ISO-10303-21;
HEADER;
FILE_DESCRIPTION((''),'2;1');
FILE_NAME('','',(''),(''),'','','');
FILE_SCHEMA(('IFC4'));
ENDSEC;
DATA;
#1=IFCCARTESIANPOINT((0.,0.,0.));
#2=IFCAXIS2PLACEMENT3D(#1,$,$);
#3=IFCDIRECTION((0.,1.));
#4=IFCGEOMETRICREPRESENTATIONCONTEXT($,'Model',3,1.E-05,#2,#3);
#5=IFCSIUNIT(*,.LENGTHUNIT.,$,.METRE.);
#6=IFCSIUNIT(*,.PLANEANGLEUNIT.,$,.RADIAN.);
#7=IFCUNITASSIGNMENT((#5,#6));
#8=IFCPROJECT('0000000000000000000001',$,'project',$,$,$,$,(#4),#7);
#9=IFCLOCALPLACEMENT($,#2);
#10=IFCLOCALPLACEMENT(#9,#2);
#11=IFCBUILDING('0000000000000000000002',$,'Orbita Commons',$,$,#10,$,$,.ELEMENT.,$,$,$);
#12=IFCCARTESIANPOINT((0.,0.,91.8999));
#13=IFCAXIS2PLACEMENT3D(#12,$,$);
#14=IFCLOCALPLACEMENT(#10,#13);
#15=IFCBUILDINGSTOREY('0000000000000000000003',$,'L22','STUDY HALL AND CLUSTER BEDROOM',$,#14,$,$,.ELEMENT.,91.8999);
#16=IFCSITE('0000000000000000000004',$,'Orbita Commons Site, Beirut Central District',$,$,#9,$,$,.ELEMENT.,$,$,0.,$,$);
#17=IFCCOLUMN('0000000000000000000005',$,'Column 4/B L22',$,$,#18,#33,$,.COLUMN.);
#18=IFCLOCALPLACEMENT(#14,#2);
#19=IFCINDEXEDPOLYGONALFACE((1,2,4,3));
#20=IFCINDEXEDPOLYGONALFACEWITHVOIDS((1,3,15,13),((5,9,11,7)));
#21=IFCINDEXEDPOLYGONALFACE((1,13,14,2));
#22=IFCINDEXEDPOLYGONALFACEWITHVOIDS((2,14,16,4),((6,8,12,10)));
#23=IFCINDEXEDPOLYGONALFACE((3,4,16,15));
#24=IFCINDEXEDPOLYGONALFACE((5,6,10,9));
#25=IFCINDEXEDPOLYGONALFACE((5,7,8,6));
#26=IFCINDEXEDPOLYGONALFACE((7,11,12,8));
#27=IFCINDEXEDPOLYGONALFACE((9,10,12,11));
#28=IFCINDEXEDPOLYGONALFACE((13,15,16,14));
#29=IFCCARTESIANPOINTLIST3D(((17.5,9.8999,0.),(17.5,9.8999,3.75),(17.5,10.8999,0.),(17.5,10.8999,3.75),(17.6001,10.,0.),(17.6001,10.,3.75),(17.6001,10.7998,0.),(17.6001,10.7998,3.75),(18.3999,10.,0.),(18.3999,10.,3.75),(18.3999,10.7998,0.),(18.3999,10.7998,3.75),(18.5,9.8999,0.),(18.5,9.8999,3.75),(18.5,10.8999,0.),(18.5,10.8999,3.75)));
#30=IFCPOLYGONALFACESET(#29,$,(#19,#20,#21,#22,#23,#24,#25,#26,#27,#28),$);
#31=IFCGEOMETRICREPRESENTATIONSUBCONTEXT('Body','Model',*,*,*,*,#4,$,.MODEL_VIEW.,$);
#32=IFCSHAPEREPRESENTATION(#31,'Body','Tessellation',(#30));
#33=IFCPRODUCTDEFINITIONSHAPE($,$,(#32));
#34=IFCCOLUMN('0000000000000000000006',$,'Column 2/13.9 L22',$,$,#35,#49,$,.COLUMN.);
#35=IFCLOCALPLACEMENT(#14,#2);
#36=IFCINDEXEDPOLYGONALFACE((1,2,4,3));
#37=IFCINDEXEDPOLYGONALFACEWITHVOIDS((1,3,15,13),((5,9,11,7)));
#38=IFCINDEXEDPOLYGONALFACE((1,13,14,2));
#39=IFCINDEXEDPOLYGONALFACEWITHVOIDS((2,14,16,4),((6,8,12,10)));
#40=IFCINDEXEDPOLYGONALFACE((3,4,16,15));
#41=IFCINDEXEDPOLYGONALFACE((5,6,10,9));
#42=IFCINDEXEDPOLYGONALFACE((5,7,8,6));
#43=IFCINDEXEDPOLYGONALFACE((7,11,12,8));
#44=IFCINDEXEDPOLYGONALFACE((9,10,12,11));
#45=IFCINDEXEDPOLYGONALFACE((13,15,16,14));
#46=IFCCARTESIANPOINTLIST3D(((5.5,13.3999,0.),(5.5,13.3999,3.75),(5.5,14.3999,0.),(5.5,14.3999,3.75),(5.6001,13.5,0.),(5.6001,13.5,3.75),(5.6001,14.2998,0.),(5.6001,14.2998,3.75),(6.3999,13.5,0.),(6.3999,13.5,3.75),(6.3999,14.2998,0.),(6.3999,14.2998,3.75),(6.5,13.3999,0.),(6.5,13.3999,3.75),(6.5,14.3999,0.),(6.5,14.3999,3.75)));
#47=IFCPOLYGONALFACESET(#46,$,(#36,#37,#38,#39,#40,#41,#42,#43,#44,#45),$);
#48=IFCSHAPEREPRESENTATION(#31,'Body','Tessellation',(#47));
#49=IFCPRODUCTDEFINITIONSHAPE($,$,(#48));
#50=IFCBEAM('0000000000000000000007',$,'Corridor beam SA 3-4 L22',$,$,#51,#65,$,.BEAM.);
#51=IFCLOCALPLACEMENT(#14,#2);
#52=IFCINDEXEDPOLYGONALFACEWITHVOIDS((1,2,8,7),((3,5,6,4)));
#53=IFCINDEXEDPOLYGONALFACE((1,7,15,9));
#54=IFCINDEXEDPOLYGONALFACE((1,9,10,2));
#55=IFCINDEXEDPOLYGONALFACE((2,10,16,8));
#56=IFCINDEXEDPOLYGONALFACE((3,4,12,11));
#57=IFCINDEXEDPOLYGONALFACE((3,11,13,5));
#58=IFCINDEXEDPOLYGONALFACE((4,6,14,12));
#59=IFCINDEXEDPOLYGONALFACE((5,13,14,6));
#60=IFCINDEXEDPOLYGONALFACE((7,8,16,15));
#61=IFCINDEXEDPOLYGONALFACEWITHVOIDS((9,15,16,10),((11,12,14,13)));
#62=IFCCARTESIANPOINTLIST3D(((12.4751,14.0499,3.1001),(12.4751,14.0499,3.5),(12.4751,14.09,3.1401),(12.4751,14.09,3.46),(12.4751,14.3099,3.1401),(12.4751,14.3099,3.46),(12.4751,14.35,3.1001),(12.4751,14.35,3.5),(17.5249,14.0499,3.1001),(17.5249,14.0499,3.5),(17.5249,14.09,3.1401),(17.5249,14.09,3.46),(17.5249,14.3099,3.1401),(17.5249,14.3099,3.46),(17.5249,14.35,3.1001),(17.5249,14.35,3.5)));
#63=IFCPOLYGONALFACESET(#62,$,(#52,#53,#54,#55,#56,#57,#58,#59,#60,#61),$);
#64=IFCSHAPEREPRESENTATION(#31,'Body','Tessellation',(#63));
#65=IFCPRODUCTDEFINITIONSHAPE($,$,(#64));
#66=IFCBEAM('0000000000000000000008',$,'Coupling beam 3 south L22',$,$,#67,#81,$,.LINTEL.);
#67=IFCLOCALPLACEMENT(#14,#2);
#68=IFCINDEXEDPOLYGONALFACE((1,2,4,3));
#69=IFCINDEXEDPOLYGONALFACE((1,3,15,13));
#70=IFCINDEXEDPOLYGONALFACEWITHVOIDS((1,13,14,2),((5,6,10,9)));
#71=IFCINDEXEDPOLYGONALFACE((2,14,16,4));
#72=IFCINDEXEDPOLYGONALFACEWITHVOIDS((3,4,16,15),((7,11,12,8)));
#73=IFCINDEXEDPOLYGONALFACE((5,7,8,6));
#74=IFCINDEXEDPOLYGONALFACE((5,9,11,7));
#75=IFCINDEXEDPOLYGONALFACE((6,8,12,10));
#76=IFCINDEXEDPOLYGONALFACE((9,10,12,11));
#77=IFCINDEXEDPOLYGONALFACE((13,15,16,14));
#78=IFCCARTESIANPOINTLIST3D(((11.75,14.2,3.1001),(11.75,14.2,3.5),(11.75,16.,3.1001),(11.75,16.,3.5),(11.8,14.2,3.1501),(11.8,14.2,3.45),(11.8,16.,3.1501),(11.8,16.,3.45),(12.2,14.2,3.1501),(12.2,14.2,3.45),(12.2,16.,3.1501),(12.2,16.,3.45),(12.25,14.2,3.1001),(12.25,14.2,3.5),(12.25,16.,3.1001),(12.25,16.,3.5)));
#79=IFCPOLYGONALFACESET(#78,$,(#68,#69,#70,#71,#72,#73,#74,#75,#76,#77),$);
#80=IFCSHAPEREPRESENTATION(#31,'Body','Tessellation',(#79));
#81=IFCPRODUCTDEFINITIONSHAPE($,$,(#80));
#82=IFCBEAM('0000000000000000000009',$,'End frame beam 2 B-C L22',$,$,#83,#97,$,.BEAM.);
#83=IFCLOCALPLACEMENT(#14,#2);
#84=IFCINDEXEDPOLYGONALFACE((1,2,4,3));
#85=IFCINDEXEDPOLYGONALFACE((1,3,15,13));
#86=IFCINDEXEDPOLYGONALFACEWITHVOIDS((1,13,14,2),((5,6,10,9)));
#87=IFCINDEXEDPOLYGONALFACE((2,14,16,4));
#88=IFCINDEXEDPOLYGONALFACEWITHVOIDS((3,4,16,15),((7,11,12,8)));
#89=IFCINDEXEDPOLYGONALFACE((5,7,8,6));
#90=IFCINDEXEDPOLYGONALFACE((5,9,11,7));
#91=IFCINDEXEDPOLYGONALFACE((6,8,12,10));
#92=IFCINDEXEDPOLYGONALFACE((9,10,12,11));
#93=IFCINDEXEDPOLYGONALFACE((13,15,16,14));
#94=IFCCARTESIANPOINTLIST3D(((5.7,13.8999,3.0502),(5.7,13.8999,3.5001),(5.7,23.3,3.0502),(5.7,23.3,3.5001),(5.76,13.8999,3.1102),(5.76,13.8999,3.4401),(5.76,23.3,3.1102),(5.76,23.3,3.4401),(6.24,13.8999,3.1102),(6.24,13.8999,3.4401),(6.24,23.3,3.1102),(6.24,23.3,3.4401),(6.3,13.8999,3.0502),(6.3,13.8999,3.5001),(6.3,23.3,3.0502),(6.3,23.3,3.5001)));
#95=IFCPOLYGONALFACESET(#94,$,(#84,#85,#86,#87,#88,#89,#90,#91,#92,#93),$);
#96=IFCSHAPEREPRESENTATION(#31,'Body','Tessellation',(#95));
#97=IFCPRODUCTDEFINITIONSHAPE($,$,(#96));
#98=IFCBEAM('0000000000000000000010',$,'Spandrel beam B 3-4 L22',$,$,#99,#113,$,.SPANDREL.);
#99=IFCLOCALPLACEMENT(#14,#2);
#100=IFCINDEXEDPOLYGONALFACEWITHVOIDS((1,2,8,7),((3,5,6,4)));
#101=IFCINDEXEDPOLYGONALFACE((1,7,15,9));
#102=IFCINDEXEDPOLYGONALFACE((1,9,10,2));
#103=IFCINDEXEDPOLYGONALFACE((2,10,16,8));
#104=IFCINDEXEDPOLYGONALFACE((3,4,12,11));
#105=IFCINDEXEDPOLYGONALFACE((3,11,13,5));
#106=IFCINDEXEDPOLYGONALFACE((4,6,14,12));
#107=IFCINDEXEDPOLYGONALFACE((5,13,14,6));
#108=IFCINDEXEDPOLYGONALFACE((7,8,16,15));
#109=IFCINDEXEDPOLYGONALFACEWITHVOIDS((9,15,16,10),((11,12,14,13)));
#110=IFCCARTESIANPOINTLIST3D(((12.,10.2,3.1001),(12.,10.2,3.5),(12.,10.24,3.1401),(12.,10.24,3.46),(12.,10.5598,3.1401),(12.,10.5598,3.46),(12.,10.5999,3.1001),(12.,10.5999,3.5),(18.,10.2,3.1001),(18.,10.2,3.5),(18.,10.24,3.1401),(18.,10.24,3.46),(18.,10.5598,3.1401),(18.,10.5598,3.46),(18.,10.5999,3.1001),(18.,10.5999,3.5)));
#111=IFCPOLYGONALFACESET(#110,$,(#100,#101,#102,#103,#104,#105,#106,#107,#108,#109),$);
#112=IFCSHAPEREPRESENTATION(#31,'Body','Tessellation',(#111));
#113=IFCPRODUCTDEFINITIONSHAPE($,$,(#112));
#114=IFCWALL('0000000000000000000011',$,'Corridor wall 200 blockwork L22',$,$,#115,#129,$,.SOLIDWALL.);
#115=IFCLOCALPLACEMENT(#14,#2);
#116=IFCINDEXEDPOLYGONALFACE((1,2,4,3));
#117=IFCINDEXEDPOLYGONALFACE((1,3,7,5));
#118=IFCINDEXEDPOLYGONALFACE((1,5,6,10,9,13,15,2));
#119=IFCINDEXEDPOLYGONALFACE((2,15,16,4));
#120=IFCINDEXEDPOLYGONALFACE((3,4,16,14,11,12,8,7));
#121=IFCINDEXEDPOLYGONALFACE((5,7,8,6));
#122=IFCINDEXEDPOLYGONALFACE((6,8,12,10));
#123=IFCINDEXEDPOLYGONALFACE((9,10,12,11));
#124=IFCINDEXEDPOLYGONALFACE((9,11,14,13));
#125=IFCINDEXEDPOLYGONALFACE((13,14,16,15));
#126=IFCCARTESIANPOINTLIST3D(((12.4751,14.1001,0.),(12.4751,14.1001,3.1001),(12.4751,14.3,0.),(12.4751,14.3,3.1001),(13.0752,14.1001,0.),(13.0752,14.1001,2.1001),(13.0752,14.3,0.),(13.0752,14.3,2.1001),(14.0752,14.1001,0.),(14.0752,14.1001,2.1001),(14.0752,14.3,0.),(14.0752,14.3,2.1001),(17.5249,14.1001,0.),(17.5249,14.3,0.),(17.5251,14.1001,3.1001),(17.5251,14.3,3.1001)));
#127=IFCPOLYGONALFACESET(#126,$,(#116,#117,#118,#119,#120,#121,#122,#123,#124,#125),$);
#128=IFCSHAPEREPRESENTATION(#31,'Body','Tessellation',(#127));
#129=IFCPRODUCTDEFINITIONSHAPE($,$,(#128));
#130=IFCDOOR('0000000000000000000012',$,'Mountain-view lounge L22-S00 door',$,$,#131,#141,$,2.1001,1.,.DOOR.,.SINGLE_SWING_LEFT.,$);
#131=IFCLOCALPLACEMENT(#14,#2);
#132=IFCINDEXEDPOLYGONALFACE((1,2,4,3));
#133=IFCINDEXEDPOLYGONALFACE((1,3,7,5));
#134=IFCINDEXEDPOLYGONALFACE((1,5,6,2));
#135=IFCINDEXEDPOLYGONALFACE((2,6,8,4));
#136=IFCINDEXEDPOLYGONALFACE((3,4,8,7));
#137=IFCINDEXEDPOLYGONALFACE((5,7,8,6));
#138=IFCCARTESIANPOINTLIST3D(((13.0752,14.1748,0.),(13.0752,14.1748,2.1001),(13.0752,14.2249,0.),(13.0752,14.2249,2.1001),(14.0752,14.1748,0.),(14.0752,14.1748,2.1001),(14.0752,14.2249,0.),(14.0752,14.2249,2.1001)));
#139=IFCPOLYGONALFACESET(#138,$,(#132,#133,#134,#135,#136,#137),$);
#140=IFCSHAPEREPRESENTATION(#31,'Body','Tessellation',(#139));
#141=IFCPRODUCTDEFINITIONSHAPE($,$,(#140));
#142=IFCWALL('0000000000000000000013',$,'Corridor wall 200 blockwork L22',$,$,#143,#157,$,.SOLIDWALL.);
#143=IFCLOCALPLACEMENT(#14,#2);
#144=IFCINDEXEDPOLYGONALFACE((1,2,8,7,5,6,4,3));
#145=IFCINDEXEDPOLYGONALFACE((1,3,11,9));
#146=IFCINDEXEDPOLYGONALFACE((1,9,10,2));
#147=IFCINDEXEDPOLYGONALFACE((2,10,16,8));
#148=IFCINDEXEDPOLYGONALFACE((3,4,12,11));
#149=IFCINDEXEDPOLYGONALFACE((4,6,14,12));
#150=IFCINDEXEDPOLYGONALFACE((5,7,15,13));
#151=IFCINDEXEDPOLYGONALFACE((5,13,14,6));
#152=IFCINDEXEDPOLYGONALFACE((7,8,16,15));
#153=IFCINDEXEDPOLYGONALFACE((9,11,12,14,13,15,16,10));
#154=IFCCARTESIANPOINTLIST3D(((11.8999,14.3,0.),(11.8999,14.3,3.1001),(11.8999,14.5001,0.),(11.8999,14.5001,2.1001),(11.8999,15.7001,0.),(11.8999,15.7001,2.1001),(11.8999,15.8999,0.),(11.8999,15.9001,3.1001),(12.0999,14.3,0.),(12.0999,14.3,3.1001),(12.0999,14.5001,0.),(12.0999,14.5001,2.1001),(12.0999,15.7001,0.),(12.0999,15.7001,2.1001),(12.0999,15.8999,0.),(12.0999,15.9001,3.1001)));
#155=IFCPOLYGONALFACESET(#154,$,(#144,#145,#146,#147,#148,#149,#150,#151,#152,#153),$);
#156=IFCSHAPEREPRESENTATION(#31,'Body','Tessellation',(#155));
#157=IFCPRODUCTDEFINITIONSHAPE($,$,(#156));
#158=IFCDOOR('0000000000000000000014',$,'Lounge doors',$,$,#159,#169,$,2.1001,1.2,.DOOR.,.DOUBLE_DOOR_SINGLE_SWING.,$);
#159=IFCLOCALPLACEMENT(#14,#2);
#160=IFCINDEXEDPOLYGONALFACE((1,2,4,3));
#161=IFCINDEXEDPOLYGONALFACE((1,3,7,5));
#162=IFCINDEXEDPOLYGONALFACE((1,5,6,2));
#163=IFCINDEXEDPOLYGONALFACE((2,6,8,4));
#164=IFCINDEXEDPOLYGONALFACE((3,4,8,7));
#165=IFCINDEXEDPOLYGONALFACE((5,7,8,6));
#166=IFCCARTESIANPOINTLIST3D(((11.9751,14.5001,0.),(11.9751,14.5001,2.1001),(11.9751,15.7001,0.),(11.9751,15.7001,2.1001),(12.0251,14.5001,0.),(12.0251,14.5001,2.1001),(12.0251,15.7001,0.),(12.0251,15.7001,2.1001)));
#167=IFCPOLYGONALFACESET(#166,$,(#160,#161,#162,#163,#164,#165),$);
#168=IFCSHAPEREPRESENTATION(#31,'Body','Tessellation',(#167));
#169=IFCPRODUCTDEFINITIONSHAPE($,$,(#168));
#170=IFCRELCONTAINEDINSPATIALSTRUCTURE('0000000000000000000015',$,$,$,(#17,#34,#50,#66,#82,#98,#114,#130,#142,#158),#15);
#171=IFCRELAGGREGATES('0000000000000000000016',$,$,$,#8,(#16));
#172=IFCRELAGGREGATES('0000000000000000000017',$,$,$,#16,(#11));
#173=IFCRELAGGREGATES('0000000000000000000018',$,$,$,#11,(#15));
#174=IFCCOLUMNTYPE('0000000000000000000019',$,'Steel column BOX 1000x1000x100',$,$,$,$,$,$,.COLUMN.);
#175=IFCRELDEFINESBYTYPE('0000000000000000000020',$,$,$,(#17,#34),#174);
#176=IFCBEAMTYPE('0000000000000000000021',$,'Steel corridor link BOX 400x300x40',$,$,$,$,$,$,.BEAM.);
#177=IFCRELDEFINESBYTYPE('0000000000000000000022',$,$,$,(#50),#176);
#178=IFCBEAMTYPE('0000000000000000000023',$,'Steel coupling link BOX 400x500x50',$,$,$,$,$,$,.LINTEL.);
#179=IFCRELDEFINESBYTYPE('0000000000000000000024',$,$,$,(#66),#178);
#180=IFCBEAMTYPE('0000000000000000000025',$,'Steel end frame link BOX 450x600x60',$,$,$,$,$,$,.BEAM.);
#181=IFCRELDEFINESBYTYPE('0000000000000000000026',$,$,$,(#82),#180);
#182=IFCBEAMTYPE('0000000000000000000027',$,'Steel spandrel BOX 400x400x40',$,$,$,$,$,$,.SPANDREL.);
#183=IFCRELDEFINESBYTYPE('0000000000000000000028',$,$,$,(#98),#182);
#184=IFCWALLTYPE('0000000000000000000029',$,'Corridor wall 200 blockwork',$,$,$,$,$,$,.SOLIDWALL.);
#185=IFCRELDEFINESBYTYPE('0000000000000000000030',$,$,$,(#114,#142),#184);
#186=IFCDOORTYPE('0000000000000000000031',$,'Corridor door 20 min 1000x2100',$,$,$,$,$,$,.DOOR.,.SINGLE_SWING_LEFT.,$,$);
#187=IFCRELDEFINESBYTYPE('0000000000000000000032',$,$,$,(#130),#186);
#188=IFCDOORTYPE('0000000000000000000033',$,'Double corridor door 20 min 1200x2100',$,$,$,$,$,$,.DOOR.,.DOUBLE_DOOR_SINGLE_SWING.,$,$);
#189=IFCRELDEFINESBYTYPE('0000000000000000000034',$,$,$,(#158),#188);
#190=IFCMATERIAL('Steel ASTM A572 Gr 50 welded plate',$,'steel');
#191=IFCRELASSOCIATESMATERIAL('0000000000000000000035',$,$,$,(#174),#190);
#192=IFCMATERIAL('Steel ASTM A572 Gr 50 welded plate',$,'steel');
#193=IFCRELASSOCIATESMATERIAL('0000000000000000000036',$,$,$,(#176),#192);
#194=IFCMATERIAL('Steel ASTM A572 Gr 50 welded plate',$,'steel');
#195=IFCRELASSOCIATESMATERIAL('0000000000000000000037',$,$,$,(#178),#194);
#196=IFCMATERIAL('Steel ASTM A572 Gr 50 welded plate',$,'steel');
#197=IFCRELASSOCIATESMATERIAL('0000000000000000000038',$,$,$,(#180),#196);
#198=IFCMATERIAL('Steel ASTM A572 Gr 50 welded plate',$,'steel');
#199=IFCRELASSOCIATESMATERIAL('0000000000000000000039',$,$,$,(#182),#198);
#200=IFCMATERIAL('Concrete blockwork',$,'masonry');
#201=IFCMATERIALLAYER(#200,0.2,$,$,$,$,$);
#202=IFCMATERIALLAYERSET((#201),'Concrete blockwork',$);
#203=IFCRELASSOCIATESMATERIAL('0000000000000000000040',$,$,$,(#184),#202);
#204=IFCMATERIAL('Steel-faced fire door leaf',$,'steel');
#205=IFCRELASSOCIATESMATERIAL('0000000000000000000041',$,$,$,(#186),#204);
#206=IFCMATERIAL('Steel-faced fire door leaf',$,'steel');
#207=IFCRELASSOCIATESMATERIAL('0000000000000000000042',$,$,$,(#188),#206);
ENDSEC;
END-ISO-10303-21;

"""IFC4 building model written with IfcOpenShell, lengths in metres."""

from ifc_helpers import new_model, si_unit, direction, frame, frame_2d, origin, origin_2d, place, context, subcontext, project, spatial, polyline, rectangle, hollow_rectangle, outline, extrude, material, layer, layer_set, material_profile, profile_set, type_object, element, fill, save


model = new_model("IFC4")

# Units and contexts
model_context = context("Model", 3, precision=1e-05, world=origin(), true_north=direction((0.0, 1.0)))
body_context = subcontext(model_context, "Body", "Model", "MODEL_VIEW")
ifc_project = project(units=[si_unit("LENGTHUNIT", "METRE"), si_unit("PLANEANGLEUNIT", "RADIAN")], contexts=[model_context])

# Site, building, storey
site_placement = place(None, origin())
site = spatial("IfcSite", under=ifc_project, at=site_placement, Name="Orbita Commons Site, Beirut Central District", CompositionType="ELEMENT", RefElevation=0.0)
building_placement = place(site_placement, origin())
building = spatial("IfcBuilding", under=site, at=building_placement, Name="Orbita Commons", CompositionType="ELEMENT")
storey_placement = place(building_placement, frame((0.0, 0.0, 91.8999)))
storey = spatial("IfcBuildingStorey", under=building, at=storey_placement, Name="L22", Description="STUDY HALL AND CLUSTER BEDROOM", CompositionType="ELEMENT", Elevation=91.8999)

# Columns
ifc_material_1 = material(Name="Steel ASTM A572 Gr 50 welded plate", Category="steel")
ifc_material_profile_1 = material_profile(ifc_material_1, hollow_rectangle(XDim=1.0, YDim=1.0, WallThickness=0.1001, at=origin_2d()), Name="BOX 1000x1000x100")
ifc_profile_set_1 = profile_set([ifc_material_profile_1], Name="Steel ASTM A572 Gr 50 welded plate")
column_type = type_object("IfcColumnType", Name="Steel column BOX 1000x1000x100", PredefinedType="COLUMN", material=ifc_profile_set_1)
for number, where, z_axis, x_axis, name in (
    (1, (18.0, 10.3999, 0.0), (0.0, 0.0, 1.0), (1.0, 0.0, 0.0), "Column 4/B L22"),
    (2, (6.0, 13.8999, 0.0), (0.0, 0.0, 1.0), (1.0, 0.0, 0.0), "Column 2/13.9 L22"),
):
    element("IfcColumn", number, at=place(storey_placement, frame(where, z_axis=z_axis, x_axis=x_axis)), inside=storey, type_object=column_type, Name=name, PredefinedType="COLUMN", context=body_context, shape_type="SweptSolid", body=[
        extrude(hollow_rectangle(XDim=1.0, YDim=1.0, WallThickness=0.1001, at=origin_2d()), origin(), (0.0, 0.0, 1.0), 3.75),
    ])

# Beams
ifc_material_2 = material(Name="Steel ASTM A572 Gr 50 welded plate", Category="steel")
ifc_material_profile_2 = material_profile(ifc_material_2, hollow_rectangle(XDim=0.3, YDim=0.3999, WallThickness=0.04, at=origin_2d()), Name="BOX 400x300x40")
ifc_profile_set_2 = profile_set([ifc_material_profile_2], Name="Steel ASTM A572 Gr 50 welded plate")
beam_type_1 = type_object("IfcBeamType", Name="Steel corridor link BOX 400x300x40", PredefinedType="BEAM", material=ifc_profile_set_2)
beam_1_placement = place(storey_placement, frame((12.4751, 14.2, 3.3), z_axis=(1.0, 0.0, 0.0), x_axis=(0.0, 1.0, 0.0)))
element("IfcBeam", 3, at=beam_1_placement, inside=storey, type_object=beam_type_1, Name="Corridor beam SA 3-4 L22", PredefinedType="BEAM", context=body_context, shape_type="SweptSolid", body=[
    extrude(hollow_rectangle(XDim=0.3, YDim=0.3999, WallThickness=0.04, at=origin_2d()), origin(), (0.0, 0.0, 1.0), 5.0498),
])
ifc_material_3 = material(Name="Steel ASTM A572 Gr 50 welded plate", Category="steel")
ifc_material_profile_3 = material_profile(ifc_material_3, hollow_rectangle(XDim=0.5, YDim=0.3999, WallThickness=0.05, at=origin_2d()), Name="BOX 400x500x50")
ifc_profile_set_3 = profile_set([ifc_material_profile_3], Name="Steel ASTM A572 Gr 50 welded plate")
beam_type_2 = type_object("IfcBeamType", Name="Steel coupling link BOX 400x500x50", PredefinedType="LINTEL", material=ifc_profile_set_3)
beam_2_placement = place(storey_placement, frame((12.0, 14.2, 3.3), z_axis=(0.0, 1.0, 0.0), x_axis=(-1.0, 0.0, 0.0)))
element("IfcBeam", 4, at=beam_2_placement, inside=storey, type_object=beam_type_2, Name="Coupling beam 3 south L22", PredefinedType="LINTEL", context=body_context, shape_type="SweptSolid", body=[
    extrude(hollow_rectangle(XDim=0.5, YDim=0.3999, WallThickness=0.05, at=origin_2d()), origin(), (0.0, 0.0, 1.0), 1.8),
])
ifc_material_4 = material(Name="Steel ASTM A572 Gr 50 welded plate", Category="steel")
ifc_material_profile_4 = material_profile(ifc_material_4, hollow_rectangle(XDim=0.6001, YDim=0.45, WallThickness=0.0601, at=origin_2d()), Name="BOX 450x600x60")
ifc_profile_set_4 = profile_set([ifc_material_profile_4], Name="Steel ASTM A572 Gr 50 welded plate")
beam_type_3 = type_object("IfcBeamType", Name="Steel end frame link BOX 450x600x60", PredefinedType="BEAM", material=ifc_profile_set_4)
beam_3_placement = place(storey_placement, frame((6.0, 13.8999, 3.2751), z_axis=(0.0, 1.0, 0.0), x_axis=(-1.0, 0.0, 0.0)))
element("IfcBeam", 5, at=beam_3_placement, inside=storey, type_object=beam_type_3, Name="End frame beam 2 B-C L22", PredefinedType="BEAM", context=body_context, shape_type="SweptSolid", body=[
    extrude(hollow_rectangle(XDim=0.6001, YDim=0.45, WallThickness=0.0601, at=origin_2d()), origin(), (0.0, 0.0, 1.0), 9.4001),
])
ifc_material_5 = material(Name="Steel ASTM A572 Gr 50 welded plate", Category="steel")
ifc_material_profile_5 = material_profile(ifc_material_5, hollow_rectangle(XDim=0.3999, YDim=0.3999, WallThickness=0.04, at=origin_2d()), Name="BOX 400x400x40")
ifc_profile_set_5 = profile_set([ifc_material_profile_5], Name="Steel ASTM A572 Gr 50 welded plate")
beam_type_4 = type_object("IfcBeamType", Name="Steel spandrel BOX 400x400x40", PredefinedType="SPANDREL", material=ifc_profile_set_5)
beam_4_placement = place(storey_placement, frame((12.0, 10.3999, 3.3), z_axis=(1.0, 0.0, 0.0), x_axis=(0.0, 1.0, 0.0)))
element("IfcBeam", 6, at=beam_4_placement, inside=storey, type_object=beam_type_4, Name="Spandrel beam B 3-4 L22", PredefinedType="SPANDREL", context=body_context, shape_type="SweptSolid", body=[
    extrude(hollow_rectangle(XDim=0.3999, YDim=0.3999, WallThickness=0.04, at=origin_2d()), origin(), (0.0, 0.0, 1.0), 6.0),
])

# Walls, openings, doors
ifc_material_6 = material(Name="Concrete blockwork", Category="masonry")
ifc_layer_1 = layer(ifc_material_6, 0.2)
ifc_layer_set_1 = layer_set([ifc_layer_1], Name="Concrete blockwork")
wall_type_1 = type_object("IfcWallType", Name="Corridor wall 200 blockwork", PredefinedType="SOLIDWALL", material=ifc_layer_set_1)
wall_1_placement = place(storey_placement, frame((12.4751, 14.2, 0.0), z_axis=(0.0, 0.0, 1.0), x_axis=(1.0, 0.0, 0.0)))
wall_1 = element("IfcWall", 7, at=wall_1_placement, inside=storey, type_object=wall_type_1, Name="Corridor wall 200 blockwork L22", PredefinedType="SOLIDWALL", context=body_context, shape_type="SweptSolid", body=[
    extrude(outline(polyline([(0.0, 0.0), (5.0498, 0.0), (5.05, 3.1001), (0.0, 3.1001), (0.0, 0.0)])), frame((0.0, 0.1001, 0.0), z_axis=(0.0, -1.0, 0.0), x_axis=(1.0, 0.0, 0.0)), (0.0, 0.0, 1.0), 0.2),
])
opening_1_placement = place(wall_1_placement, frame((0.6001, 0.0, 0.0)))
opening_1 = element("IfcOpeningElement", 8, at=opening_1_placement, cuts=wall_1, PredefinedType="OPENING", context=body_context, shape_type="SweptSolid", body=[
    extrude(rectangle(XDim=1.0, YDim=2.1001, at=frame_2d((0.5, 1.05))), frame((0.0, 0.1099, 0.0), z_axis=(0.0, -1.0, 0.0), x_axis=(1.0, 0.0, 0.0)), (0.0, 0.0, 1.0), 0.22),
])
ifc_material_7 = material(Name="Steel-faced fire door leaf", Category="steel")
door_type_1 = type_object("IfcDoorType", Name="Corridor door 20 min 1000x2100", OperationType="SINGLE_SWING_LEFT", PredefinedType="DOOR", material=ifc_material_7)
door_1_placement = place(opening_1_placement, origin())
door_1 = element("IfcDoor", 9, at=door_1_placement, inside=storey, type_object=door_type_1, Name="Mountain-view lounge L22-S00 door", OperationType="SINGLE_SWING_LEFT", OverallHeight=2.1001, OverallWidth=1.0, PredefinedType="DOOR", context=body_context, shape_type="SweptSolid", body=[
    extrude(rectangle(XDim=1.0, YDim=2.1001, at=frame_2d((0.5, 1.05))), frame((0.0, 0.0249, 0.0), z_axis=(0.0, -1.0, 0.0), x_axis=(1.0, 0.0, 0.0)), (0.0, 0.0, 1.0), 0.05),
])
fill(opening_1, door_1)
wall_2_placement = place(storey_placement, frame((12.0, 14.3, 0.0), z_axis=(0.0, 0.0, 1.0), x_axis=(0.0, 1.0, 0.0)))
wall_2 = element("IfcWall", 10, at=wall_2_placement, inside=storey, type_object=wall_type_1, Name="Corridor wall 200 blockwork L22", PredefinedType="SOLIDWALL", context=body_context, shape_type="SweptSolid", body=[
    extrude(outline(polyline([(0.0, 0.0), (1.5999, 0.0), (1.6001, 3.1001), (0.0, 3.1001), (0.0, 0.0)])), frame((0.0, 0.1001, 0.0), z_axis=(0.0, -1.0, 0.0), x_axis=(1.0, 0.0, 0.0)), (0.0, 0.0, 1.0), 0.2),
])
opening_2_placement = place(wall_2_placement, frame((0.2, 0.0, 0.0)))
opening_2 = element("IfcOpeningElement", 11, at=opening_2_placement, cuts=wall_2, PredefinedType="OPENING", context=body_context, shape_type="SweptSolid", body=[
    extrude(rectangle(XDim=1.2, YDim=2.1001, at=frame_2d((0.6001, 1.05))), frame((0.0, 0.1099, 0.0), z_axis=(0.0, -1.0, 0.0), x_axis=(1.0, 0.0, 0.0)), (0.0, 0.0, 1.0), 0.22),
])
ifc_material_8 = material(Name="Steel-faced fire door leaf", Category="steel")
door_type_2 = type_object("IfcDoorType", Name="Double corridor door 20 min 1200x2100", OperationType="DOUBLE_DOOR_SINGLE_SWING", PredefinedType="DOOR", material=ifc_material_8)
door_2_placement = place(opening_2_placement, origin())
door_2 = element("IfcDoor", 12, at=door_2_placement, inside=storey, type_object=door_type_2, Name="Lounge doors", OperationType="DOUBLE_DOOR_SINGLE_SWING", OverallHeight=2.1001, OverallWidth=1.2, PredefinedType="DOOR", context=body_context, shape_type="SweptSolid", body=[
    extrude(rectangle(XDim=1.2, YDim=2.1001, at=frame_2d((0.6001, 1.05))), frame((0.0, 0.0249, 0.0), z_axis=(0.0, -1.0, 0.0), x_axis=(1.0, 0.0, 0.0)), (0.0, 0.0, 1.0), 0.05),
])
fill(opening_2, door_2)

save(model, "model.ifc")
